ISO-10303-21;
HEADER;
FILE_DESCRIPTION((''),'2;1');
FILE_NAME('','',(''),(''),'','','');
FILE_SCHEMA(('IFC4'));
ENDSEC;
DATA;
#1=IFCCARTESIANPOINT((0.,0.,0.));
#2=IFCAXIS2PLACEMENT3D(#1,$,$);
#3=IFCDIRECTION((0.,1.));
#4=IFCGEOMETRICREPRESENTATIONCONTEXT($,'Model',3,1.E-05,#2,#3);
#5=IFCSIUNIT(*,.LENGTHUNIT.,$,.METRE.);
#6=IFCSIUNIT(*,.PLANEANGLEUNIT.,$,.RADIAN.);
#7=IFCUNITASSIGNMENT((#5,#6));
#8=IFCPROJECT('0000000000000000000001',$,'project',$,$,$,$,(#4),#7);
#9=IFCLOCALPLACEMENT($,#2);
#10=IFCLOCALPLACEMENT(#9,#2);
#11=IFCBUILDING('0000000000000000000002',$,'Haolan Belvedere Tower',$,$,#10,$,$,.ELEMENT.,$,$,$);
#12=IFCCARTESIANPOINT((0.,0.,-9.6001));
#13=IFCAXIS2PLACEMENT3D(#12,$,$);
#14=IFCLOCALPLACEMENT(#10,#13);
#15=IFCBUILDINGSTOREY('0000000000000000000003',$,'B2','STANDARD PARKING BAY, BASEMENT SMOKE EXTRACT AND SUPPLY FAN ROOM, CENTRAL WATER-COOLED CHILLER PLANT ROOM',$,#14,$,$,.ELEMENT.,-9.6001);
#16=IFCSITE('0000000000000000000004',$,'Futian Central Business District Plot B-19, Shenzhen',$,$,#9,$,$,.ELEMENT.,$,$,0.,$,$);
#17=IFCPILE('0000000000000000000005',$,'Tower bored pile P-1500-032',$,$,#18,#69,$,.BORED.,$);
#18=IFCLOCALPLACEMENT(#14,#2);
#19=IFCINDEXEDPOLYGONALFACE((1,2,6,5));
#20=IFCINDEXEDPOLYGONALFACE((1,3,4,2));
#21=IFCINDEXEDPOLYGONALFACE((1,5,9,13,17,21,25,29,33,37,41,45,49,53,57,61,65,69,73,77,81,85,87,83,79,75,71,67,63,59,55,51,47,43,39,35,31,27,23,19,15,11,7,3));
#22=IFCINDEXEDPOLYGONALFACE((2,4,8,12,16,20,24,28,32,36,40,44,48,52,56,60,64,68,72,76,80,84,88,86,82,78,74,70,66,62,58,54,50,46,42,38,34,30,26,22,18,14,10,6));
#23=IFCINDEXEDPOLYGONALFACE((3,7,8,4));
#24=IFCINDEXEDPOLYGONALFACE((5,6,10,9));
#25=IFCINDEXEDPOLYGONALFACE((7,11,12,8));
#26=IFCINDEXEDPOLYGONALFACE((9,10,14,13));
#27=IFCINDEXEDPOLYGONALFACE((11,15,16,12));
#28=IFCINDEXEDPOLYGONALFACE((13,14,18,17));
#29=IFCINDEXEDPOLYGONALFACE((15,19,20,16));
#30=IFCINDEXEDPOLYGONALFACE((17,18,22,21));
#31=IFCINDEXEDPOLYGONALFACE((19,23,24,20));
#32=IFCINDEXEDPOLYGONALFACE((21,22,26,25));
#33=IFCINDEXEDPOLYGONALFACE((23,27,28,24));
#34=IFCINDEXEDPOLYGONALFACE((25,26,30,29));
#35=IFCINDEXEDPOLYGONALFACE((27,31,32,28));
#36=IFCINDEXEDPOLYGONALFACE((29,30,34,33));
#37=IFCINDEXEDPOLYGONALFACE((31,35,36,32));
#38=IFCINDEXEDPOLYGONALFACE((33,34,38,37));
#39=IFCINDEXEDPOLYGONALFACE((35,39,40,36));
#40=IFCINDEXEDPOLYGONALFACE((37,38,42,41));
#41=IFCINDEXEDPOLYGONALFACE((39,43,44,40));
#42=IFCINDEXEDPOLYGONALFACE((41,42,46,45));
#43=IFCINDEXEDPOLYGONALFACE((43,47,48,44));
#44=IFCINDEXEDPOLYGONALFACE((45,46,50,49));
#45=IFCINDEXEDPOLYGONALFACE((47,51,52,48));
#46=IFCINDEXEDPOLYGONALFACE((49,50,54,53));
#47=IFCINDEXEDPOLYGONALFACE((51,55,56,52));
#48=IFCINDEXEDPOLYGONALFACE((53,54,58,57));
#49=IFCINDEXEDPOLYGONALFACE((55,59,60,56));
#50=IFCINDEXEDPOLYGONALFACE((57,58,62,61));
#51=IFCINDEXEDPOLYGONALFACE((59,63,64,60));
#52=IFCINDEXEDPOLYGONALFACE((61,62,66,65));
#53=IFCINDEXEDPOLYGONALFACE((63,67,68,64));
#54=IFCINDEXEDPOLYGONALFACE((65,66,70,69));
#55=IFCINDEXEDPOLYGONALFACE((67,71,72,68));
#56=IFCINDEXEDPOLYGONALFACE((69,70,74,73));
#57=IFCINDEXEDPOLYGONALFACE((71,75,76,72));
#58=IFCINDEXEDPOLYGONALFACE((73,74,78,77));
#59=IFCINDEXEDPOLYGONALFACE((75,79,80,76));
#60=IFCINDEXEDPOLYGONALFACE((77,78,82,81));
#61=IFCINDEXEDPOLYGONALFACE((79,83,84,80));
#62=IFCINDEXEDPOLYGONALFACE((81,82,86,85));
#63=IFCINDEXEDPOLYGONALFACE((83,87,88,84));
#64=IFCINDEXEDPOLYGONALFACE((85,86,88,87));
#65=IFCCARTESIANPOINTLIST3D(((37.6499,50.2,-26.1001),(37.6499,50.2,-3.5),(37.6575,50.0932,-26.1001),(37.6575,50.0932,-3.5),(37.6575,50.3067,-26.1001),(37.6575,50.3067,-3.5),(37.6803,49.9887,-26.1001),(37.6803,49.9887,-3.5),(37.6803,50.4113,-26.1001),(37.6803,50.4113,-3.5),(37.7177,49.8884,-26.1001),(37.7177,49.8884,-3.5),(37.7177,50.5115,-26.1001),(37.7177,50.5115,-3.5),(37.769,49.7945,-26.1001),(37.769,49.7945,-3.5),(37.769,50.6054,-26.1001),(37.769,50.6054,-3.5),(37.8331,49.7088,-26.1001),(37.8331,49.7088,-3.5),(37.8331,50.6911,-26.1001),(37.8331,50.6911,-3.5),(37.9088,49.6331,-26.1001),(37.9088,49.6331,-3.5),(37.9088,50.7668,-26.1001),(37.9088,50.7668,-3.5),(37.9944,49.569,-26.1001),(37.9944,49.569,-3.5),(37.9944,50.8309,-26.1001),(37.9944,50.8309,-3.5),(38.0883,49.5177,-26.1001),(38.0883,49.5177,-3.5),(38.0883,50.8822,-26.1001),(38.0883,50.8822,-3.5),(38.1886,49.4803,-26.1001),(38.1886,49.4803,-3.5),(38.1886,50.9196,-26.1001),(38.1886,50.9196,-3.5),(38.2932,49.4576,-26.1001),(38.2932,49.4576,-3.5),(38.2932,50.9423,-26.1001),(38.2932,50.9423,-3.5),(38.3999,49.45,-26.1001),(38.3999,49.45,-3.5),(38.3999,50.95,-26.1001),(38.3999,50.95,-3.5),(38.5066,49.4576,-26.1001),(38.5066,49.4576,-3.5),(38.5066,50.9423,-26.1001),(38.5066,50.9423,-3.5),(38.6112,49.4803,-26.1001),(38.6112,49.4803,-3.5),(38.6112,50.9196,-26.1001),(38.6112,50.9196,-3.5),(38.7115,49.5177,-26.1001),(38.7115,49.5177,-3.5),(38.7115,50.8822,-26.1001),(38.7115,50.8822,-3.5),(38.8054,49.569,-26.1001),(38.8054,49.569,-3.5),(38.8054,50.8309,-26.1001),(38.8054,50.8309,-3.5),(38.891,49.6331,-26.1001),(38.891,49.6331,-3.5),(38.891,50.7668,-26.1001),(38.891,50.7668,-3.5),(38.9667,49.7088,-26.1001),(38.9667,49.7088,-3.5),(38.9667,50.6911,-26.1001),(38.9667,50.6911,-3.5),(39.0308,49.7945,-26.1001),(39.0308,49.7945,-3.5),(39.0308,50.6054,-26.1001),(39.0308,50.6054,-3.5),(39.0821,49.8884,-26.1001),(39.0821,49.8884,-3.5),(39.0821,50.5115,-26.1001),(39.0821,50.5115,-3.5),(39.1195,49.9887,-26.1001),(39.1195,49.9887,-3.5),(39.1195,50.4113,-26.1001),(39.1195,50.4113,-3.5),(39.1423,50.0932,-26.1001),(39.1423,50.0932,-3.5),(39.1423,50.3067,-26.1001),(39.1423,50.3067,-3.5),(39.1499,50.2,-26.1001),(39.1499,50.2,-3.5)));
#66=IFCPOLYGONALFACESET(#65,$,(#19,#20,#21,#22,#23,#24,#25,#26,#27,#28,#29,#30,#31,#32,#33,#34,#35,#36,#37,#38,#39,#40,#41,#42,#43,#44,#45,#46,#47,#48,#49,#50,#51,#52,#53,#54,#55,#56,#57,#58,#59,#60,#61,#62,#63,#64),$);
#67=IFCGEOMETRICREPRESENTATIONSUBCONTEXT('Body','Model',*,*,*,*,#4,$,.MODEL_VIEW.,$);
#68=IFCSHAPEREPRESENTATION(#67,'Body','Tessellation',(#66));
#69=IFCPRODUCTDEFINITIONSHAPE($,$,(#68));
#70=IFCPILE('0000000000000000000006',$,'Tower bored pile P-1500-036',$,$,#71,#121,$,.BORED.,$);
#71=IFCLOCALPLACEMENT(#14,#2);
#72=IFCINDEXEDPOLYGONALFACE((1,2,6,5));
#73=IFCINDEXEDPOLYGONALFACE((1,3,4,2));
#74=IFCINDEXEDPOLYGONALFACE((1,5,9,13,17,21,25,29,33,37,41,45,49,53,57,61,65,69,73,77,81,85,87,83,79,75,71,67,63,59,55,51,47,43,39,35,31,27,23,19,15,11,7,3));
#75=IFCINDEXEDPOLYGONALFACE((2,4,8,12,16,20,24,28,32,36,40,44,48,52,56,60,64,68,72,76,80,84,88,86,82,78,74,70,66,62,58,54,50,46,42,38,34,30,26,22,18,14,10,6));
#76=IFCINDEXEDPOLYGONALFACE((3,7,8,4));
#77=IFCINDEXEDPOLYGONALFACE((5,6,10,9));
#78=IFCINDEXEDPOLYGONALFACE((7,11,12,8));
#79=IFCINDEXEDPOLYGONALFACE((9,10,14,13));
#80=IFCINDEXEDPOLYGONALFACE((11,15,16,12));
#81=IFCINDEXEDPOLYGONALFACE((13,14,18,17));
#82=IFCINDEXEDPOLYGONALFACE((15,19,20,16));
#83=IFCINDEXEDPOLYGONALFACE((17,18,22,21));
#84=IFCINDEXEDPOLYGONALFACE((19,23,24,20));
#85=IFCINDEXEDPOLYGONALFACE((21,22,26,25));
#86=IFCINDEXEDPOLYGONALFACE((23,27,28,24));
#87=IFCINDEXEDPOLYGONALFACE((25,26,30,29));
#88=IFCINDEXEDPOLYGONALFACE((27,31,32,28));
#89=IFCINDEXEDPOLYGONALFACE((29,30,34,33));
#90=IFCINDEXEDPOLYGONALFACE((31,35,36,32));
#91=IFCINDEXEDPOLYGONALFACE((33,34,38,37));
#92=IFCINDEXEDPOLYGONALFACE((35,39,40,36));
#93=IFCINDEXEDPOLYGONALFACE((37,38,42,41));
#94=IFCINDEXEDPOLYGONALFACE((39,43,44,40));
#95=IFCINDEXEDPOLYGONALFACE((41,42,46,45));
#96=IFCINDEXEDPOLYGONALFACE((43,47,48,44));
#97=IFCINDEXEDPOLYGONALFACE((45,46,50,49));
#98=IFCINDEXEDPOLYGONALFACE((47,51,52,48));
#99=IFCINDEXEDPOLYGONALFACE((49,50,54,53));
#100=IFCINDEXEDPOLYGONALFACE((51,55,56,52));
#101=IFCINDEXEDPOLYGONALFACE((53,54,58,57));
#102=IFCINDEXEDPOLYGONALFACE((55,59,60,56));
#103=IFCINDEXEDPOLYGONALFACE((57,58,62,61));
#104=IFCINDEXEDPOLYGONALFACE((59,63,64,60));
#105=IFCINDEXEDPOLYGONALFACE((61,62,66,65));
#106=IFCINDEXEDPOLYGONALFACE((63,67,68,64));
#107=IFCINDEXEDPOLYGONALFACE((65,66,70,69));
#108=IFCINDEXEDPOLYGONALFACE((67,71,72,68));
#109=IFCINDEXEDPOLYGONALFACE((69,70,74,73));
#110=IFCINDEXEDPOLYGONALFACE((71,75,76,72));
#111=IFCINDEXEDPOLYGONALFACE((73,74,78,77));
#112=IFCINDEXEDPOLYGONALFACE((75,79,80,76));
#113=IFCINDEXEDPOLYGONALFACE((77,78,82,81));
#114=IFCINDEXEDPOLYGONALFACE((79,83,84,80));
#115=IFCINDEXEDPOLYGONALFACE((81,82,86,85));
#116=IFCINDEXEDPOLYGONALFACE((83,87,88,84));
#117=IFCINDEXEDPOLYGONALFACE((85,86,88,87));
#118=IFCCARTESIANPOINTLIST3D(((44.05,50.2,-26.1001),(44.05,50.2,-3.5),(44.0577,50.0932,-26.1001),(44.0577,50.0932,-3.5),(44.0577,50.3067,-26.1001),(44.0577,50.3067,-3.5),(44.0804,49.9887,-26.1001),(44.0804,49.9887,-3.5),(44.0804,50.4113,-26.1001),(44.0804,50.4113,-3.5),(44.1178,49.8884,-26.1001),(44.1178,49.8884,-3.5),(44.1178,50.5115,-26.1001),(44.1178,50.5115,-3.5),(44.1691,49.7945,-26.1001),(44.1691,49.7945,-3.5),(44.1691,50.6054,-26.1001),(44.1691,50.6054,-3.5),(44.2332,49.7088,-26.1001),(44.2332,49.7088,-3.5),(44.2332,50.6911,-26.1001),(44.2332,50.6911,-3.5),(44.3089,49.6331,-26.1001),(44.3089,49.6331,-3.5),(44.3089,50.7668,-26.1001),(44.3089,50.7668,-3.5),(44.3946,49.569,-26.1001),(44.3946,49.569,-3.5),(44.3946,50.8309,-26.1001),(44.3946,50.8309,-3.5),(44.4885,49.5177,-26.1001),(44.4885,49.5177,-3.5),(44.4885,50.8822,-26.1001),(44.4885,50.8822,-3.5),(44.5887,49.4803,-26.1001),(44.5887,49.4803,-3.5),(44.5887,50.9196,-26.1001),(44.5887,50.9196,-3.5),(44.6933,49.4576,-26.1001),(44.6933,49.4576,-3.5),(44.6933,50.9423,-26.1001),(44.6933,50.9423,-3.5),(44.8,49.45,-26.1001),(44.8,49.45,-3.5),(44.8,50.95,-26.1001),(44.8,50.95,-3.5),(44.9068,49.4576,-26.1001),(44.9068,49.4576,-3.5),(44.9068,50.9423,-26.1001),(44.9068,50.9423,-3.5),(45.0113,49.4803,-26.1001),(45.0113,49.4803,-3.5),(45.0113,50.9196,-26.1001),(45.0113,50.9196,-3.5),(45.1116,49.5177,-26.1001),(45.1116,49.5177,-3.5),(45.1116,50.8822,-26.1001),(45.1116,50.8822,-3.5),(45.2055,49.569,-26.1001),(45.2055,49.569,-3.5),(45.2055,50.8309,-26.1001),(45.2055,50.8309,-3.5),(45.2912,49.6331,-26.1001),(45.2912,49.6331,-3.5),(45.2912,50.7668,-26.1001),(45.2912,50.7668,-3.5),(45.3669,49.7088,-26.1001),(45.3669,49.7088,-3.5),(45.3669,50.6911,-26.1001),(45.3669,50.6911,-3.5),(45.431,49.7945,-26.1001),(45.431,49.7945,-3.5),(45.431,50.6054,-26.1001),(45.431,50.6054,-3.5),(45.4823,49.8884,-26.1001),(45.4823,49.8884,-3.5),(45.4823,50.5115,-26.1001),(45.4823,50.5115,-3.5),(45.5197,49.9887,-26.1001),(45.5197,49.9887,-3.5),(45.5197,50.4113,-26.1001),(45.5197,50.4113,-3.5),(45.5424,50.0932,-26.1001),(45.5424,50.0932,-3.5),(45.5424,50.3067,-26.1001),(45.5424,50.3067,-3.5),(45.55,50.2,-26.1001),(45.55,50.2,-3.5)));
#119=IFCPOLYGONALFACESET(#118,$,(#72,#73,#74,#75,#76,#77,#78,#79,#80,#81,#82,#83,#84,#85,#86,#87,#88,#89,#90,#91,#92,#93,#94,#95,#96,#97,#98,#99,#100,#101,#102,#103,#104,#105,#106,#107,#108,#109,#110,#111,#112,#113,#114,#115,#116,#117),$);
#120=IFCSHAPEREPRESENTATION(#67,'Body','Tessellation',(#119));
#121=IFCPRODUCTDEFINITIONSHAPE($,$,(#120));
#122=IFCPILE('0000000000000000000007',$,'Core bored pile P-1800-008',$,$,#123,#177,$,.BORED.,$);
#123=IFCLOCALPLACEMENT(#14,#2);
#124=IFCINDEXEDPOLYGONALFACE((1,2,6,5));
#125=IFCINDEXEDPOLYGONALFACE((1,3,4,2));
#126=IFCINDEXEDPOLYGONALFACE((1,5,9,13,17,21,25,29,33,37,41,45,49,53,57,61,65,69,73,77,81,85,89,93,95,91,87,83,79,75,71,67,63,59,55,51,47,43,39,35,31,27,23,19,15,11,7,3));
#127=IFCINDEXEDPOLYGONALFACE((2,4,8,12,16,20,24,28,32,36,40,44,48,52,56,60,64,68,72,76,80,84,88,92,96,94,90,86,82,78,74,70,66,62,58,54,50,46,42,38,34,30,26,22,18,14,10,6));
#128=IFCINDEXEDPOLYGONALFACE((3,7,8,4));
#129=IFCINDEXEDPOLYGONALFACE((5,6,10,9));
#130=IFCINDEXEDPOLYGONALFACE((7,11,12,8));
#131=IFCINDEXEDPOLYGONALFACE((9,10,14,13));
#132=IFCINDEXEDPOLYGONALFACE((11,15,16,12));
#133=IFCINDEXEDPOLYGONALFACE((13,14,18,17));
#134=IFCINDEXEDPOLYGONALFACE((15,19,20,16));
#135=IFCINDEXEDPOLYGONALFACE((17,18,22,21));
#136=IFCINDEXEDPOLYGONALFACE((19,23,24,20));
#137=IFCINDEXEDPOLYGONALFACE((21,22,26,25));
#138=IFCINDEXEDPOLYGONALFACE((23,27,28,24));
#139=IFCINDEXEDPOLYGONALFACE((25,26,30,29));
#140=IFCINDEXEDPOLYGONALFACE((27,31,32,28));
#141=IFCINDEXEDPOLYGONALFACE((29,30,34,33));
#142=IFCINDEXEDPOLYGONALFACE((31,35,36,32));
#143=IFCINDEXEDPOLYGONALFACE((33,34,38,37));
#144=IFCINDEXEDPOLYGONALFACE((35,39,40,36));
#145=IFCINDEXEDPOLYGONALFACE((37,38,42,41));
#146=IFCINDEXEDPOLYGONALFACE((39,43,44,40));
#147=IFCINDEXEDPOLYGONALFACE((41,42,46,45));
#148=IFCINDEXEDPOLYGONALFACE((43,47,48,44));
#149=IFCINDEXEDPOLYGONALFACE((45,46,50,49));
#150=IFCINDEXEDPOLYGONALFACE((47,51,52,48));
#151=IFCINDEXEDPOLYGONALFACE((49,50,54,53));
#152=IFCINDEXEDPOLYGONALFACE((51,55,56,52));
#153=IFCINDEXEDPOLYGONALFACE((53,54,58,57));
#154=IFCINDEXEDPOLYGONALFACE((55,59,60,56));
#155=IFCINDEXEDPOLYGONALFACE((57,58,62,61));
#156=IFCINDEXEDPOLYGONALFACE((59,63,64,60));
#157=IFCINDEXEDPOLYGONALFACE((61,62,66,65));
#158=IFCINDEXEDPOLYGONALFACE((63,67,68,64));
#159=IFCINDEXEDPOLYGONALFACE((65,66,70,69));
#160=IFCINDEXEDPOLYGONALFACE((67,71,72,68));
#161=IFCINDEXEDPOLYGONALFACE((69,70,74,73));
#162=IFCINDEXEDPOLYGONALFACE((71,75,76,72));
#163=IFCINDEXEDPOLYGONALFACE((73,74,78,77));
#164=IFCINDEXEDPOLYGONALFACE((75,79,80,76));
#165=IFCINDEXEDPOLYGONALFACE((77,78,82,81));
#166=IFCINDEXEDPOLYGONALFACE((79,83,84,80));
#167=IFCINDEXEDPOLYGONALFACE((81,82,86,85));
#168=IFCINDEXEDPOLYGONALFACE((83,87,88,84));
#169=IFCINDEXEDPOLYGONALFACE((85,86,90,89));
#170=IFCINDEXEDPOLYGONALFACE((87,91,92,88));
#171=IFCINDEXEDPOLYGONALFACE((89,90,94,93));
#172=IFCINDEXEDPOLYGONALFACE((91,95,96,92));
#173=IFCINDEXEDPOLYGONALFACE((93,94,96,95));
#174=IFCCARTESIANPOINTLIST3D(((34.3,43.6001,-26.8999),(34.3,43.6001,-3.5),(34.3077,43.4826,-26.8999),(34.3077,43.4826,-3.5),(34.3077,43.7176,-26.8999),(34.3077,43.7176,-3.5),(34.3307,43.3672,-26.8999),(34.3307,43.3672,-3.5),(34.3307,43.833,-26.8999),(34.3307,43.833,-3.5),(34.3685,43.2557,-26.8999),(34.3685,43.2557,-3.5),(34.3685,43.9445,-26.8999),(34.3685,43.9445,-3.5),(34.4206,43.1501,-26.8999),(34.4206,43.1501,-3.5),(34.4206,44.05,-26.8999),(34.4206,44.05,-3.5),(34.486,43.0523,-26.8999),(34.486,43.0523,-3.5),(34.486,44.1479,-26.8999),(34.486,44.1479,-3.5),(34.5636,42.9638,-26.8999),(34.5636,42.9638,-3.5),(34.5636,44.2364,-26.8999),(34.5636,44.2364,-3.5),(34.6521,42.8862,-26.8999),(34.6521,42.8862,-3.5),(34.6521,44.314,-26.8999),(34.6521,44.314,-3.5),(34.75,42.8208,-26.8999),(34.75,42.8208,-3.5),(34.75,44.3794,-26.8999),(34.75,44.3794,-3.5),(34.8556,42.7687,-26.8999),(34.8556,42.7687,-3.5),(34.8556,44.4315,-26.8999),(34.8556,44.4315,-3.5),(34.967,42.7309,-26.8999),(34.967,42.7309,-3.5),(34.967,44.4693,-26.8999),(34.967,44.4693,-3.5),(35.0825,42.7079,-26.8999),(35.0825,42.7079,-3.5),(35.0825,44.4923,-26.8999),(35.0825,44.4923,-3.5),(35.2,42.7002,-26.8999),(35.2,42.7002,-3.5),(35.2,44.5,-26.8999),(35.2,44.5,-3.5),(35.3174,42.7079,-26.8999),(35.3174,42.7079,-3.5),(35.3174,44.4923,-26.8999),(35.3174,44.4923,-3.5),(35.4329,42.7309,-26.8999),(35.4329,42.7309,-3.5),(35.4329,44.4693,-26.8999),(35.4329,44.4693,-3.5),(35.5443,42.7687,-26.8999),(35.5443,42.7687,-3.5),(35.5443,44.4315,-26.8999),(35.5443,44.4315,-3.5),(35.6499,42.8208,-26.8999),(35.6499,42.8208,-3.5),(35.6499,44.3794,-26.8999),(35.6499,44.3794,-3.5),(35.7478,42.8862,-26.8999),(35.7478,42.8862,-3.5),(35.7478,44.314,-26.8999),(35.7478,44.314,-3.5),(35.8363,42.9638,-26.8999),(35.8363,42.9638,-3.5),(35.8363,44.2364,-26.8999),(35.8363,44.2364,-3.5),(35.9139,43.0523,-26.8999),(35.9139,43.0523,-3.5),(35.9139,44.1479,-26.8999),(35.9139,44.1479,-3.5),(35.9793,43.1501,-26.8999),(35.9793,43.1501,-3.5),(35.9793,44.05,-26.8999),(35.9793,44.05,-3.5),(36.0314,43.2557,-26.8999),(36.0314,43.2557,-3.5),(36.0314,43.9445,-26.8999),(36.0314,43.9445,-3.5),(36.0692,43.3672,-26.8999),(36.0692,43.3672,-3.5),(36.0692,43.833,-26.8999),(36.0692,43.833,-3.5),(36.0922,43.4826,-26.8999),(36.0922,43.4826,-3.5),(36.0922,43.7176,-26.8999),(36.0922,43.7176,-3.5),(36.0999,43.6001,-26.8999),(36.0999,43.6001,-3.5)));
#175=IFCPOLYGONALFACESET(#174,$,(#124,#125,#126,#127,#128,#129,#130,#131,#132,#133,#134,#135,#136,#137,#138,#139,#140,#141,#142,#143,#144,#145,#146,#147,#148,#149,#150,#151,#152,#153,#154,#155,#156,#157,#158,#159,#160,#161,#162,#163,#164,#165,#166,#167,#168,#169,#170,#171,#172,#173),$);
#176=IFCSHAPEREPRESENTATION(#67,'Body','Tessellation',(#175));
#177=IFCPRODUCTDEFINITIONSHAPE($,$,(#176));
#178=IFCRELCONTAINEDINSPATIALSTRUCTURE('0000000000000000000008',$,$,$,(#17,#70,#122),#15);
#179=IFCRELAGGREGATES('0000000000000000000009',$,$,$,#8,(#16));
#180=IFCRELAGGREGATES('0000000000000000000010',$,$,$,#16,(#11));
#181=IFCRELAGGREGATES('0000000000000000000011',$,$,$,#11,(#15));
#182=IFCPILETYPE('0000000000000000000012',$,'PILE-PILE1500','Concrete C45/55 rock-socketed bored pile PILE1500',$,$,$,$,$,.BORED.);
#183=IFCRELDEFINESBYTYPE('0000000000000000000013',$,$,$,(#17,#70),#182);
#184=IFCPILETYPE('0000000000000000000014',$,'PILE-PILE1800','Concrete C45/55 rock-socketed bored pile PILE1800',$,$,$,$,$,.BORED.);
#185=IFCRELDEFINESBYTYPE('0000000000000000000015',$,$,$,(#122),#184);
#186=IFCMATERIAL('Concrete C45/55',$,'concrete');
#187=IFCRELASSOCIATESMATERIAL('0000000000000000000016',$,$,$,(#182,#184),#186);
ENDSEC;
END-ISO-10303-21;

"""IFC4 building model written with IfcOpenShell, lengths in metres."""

from ifc_helpers import new_model, si_unit, direction, frame, origin, origin_2d, place, context, subcontext, project, spatial, circle, extrude, material, material_profile, profile_set, type_object, element, save


model = new_model("IFC4")

# Units and contexts
model_context = context("Model", 3, precision=1e-05, world=origin(), true_north=direction((0.0, 1.0)))
body_context = subcontext(model_context, "Body", "Model", "MODEL_VIEW")
ifc_project = project(units=[si_unit("LENGTHUNIT", "METRE"), si_unit("PLANEANGLEUNIT", "RADIAN")], contexts=[model_context])

# Site, building, storey
site_placement = place(None, origin())
site = spatial("IfcSite", under=ifc_project, at=site_placement, Name="Futian Central Business District Plot B-19, Shenzhen", CompositionType="ELEMENT", RefElevation=0.0)
building_placement = place(site_placement, origin())
building = spatial("IfcBuilding", under=site, at=building_placement, Name="Haolan Belvedere Tower", CompositionType="ELEMENT")
storey_placement = place(building_placement, frame((0.0, 0.0, -9.6001)))
storey = spatial("IfcBuildingStorey", under=building, at=storey_placement, Name="B2", Description="STANDARD PARKING BAY, BASEMENT SMOKE EXTRACT AND SUPPLY FAN ROOM, CENTRAL WATER-COOLED CHILLER PLANT ROOM", CompositionType="ELEMENT", Elevation=-9.6001)

# Piles
ifc_material_1 = material(Name="Concrete C45/55", Category="concrete")
ifc_material_profile_1 = material_profile(ifc_material_1, circle(Radius=0.75, at=origin_2d()), Name="Concrete C45/55")
ifc_profile_set_1 = profile_set([ifc_material_profile_1], Name="Concrete C45/55")
pile_type_1 = type_object("IfcPileType", Name="PILE-PILE1500", Description="Concrete C45/55 rock-socketed bored pile PILE1500", PredefinedType="BORED", material=ifc_profile_set_1)
for number, where, z_axis, x_axis, name in (
    (1, (38.3999, 50.2, -3.5), (0.0, 0.0, -1.0), (1.0, 0.0, 0.0), "Tower bored pile P-1500-032"),
    (2, (44.8, 50.2, -3.5), (0.0, 0.0, -1.0), (1.0, 0.0, 0.0), "Tower bored pile P-1500-036"),
):
    element("IfcPile", number, at=place(storey_placement, frame(where, z_axis=z_axis, x_axis=x_axis)), inside=storey, type_object=pile_type_1, Name=name, PredefinedType="BORED", context=body_context, shape_type="SweptSolid", body=[
        extrude(circle(Radius=0.75, at=origin_2d()), origin(), (0.0, 0.0, 1.0), 22.6001),
    ])
ifc_material_profile_2 = material_profile(ifc_material_1, circle(Radius=0.8999, at=origin_2d()), Name="Concrete C45/55")
ifc_profile_set_2 = profile_set([ifc_material_profile_2], Name="Concrete C45/55")
pile_type_2 = type_object("IfcPileType", Name="PILE-PILE1800", Description="Concrete C45/55 rock-socketed bored pile PILE1800", PredefinedType="BORED", material=ifc_profile_set_2)
for number, where, z_axis, x_axis, name in (
    (3, (35.2, 43.6001, -3.5), (0.0, 0.0, -1.0), (1.0, 0.0, 0.0), "Core bored pile P-1800-008"),
):
    element("IfcPile", number, at=place(storey_placement, frame(where, z_axis=z_axis, x_axis=x_axis)), inside=storey, type_object=pile_type_2, Name=name, PredefinedType="BORED", context=body_context, shape_type="SweptSolid", body=[
        extrude(circle(Radius=0.8999, at=origin_2d()), origin(), (0.0, 0.0, 1.0), 23.3999),
    ])

save(model, "model.ifc")
